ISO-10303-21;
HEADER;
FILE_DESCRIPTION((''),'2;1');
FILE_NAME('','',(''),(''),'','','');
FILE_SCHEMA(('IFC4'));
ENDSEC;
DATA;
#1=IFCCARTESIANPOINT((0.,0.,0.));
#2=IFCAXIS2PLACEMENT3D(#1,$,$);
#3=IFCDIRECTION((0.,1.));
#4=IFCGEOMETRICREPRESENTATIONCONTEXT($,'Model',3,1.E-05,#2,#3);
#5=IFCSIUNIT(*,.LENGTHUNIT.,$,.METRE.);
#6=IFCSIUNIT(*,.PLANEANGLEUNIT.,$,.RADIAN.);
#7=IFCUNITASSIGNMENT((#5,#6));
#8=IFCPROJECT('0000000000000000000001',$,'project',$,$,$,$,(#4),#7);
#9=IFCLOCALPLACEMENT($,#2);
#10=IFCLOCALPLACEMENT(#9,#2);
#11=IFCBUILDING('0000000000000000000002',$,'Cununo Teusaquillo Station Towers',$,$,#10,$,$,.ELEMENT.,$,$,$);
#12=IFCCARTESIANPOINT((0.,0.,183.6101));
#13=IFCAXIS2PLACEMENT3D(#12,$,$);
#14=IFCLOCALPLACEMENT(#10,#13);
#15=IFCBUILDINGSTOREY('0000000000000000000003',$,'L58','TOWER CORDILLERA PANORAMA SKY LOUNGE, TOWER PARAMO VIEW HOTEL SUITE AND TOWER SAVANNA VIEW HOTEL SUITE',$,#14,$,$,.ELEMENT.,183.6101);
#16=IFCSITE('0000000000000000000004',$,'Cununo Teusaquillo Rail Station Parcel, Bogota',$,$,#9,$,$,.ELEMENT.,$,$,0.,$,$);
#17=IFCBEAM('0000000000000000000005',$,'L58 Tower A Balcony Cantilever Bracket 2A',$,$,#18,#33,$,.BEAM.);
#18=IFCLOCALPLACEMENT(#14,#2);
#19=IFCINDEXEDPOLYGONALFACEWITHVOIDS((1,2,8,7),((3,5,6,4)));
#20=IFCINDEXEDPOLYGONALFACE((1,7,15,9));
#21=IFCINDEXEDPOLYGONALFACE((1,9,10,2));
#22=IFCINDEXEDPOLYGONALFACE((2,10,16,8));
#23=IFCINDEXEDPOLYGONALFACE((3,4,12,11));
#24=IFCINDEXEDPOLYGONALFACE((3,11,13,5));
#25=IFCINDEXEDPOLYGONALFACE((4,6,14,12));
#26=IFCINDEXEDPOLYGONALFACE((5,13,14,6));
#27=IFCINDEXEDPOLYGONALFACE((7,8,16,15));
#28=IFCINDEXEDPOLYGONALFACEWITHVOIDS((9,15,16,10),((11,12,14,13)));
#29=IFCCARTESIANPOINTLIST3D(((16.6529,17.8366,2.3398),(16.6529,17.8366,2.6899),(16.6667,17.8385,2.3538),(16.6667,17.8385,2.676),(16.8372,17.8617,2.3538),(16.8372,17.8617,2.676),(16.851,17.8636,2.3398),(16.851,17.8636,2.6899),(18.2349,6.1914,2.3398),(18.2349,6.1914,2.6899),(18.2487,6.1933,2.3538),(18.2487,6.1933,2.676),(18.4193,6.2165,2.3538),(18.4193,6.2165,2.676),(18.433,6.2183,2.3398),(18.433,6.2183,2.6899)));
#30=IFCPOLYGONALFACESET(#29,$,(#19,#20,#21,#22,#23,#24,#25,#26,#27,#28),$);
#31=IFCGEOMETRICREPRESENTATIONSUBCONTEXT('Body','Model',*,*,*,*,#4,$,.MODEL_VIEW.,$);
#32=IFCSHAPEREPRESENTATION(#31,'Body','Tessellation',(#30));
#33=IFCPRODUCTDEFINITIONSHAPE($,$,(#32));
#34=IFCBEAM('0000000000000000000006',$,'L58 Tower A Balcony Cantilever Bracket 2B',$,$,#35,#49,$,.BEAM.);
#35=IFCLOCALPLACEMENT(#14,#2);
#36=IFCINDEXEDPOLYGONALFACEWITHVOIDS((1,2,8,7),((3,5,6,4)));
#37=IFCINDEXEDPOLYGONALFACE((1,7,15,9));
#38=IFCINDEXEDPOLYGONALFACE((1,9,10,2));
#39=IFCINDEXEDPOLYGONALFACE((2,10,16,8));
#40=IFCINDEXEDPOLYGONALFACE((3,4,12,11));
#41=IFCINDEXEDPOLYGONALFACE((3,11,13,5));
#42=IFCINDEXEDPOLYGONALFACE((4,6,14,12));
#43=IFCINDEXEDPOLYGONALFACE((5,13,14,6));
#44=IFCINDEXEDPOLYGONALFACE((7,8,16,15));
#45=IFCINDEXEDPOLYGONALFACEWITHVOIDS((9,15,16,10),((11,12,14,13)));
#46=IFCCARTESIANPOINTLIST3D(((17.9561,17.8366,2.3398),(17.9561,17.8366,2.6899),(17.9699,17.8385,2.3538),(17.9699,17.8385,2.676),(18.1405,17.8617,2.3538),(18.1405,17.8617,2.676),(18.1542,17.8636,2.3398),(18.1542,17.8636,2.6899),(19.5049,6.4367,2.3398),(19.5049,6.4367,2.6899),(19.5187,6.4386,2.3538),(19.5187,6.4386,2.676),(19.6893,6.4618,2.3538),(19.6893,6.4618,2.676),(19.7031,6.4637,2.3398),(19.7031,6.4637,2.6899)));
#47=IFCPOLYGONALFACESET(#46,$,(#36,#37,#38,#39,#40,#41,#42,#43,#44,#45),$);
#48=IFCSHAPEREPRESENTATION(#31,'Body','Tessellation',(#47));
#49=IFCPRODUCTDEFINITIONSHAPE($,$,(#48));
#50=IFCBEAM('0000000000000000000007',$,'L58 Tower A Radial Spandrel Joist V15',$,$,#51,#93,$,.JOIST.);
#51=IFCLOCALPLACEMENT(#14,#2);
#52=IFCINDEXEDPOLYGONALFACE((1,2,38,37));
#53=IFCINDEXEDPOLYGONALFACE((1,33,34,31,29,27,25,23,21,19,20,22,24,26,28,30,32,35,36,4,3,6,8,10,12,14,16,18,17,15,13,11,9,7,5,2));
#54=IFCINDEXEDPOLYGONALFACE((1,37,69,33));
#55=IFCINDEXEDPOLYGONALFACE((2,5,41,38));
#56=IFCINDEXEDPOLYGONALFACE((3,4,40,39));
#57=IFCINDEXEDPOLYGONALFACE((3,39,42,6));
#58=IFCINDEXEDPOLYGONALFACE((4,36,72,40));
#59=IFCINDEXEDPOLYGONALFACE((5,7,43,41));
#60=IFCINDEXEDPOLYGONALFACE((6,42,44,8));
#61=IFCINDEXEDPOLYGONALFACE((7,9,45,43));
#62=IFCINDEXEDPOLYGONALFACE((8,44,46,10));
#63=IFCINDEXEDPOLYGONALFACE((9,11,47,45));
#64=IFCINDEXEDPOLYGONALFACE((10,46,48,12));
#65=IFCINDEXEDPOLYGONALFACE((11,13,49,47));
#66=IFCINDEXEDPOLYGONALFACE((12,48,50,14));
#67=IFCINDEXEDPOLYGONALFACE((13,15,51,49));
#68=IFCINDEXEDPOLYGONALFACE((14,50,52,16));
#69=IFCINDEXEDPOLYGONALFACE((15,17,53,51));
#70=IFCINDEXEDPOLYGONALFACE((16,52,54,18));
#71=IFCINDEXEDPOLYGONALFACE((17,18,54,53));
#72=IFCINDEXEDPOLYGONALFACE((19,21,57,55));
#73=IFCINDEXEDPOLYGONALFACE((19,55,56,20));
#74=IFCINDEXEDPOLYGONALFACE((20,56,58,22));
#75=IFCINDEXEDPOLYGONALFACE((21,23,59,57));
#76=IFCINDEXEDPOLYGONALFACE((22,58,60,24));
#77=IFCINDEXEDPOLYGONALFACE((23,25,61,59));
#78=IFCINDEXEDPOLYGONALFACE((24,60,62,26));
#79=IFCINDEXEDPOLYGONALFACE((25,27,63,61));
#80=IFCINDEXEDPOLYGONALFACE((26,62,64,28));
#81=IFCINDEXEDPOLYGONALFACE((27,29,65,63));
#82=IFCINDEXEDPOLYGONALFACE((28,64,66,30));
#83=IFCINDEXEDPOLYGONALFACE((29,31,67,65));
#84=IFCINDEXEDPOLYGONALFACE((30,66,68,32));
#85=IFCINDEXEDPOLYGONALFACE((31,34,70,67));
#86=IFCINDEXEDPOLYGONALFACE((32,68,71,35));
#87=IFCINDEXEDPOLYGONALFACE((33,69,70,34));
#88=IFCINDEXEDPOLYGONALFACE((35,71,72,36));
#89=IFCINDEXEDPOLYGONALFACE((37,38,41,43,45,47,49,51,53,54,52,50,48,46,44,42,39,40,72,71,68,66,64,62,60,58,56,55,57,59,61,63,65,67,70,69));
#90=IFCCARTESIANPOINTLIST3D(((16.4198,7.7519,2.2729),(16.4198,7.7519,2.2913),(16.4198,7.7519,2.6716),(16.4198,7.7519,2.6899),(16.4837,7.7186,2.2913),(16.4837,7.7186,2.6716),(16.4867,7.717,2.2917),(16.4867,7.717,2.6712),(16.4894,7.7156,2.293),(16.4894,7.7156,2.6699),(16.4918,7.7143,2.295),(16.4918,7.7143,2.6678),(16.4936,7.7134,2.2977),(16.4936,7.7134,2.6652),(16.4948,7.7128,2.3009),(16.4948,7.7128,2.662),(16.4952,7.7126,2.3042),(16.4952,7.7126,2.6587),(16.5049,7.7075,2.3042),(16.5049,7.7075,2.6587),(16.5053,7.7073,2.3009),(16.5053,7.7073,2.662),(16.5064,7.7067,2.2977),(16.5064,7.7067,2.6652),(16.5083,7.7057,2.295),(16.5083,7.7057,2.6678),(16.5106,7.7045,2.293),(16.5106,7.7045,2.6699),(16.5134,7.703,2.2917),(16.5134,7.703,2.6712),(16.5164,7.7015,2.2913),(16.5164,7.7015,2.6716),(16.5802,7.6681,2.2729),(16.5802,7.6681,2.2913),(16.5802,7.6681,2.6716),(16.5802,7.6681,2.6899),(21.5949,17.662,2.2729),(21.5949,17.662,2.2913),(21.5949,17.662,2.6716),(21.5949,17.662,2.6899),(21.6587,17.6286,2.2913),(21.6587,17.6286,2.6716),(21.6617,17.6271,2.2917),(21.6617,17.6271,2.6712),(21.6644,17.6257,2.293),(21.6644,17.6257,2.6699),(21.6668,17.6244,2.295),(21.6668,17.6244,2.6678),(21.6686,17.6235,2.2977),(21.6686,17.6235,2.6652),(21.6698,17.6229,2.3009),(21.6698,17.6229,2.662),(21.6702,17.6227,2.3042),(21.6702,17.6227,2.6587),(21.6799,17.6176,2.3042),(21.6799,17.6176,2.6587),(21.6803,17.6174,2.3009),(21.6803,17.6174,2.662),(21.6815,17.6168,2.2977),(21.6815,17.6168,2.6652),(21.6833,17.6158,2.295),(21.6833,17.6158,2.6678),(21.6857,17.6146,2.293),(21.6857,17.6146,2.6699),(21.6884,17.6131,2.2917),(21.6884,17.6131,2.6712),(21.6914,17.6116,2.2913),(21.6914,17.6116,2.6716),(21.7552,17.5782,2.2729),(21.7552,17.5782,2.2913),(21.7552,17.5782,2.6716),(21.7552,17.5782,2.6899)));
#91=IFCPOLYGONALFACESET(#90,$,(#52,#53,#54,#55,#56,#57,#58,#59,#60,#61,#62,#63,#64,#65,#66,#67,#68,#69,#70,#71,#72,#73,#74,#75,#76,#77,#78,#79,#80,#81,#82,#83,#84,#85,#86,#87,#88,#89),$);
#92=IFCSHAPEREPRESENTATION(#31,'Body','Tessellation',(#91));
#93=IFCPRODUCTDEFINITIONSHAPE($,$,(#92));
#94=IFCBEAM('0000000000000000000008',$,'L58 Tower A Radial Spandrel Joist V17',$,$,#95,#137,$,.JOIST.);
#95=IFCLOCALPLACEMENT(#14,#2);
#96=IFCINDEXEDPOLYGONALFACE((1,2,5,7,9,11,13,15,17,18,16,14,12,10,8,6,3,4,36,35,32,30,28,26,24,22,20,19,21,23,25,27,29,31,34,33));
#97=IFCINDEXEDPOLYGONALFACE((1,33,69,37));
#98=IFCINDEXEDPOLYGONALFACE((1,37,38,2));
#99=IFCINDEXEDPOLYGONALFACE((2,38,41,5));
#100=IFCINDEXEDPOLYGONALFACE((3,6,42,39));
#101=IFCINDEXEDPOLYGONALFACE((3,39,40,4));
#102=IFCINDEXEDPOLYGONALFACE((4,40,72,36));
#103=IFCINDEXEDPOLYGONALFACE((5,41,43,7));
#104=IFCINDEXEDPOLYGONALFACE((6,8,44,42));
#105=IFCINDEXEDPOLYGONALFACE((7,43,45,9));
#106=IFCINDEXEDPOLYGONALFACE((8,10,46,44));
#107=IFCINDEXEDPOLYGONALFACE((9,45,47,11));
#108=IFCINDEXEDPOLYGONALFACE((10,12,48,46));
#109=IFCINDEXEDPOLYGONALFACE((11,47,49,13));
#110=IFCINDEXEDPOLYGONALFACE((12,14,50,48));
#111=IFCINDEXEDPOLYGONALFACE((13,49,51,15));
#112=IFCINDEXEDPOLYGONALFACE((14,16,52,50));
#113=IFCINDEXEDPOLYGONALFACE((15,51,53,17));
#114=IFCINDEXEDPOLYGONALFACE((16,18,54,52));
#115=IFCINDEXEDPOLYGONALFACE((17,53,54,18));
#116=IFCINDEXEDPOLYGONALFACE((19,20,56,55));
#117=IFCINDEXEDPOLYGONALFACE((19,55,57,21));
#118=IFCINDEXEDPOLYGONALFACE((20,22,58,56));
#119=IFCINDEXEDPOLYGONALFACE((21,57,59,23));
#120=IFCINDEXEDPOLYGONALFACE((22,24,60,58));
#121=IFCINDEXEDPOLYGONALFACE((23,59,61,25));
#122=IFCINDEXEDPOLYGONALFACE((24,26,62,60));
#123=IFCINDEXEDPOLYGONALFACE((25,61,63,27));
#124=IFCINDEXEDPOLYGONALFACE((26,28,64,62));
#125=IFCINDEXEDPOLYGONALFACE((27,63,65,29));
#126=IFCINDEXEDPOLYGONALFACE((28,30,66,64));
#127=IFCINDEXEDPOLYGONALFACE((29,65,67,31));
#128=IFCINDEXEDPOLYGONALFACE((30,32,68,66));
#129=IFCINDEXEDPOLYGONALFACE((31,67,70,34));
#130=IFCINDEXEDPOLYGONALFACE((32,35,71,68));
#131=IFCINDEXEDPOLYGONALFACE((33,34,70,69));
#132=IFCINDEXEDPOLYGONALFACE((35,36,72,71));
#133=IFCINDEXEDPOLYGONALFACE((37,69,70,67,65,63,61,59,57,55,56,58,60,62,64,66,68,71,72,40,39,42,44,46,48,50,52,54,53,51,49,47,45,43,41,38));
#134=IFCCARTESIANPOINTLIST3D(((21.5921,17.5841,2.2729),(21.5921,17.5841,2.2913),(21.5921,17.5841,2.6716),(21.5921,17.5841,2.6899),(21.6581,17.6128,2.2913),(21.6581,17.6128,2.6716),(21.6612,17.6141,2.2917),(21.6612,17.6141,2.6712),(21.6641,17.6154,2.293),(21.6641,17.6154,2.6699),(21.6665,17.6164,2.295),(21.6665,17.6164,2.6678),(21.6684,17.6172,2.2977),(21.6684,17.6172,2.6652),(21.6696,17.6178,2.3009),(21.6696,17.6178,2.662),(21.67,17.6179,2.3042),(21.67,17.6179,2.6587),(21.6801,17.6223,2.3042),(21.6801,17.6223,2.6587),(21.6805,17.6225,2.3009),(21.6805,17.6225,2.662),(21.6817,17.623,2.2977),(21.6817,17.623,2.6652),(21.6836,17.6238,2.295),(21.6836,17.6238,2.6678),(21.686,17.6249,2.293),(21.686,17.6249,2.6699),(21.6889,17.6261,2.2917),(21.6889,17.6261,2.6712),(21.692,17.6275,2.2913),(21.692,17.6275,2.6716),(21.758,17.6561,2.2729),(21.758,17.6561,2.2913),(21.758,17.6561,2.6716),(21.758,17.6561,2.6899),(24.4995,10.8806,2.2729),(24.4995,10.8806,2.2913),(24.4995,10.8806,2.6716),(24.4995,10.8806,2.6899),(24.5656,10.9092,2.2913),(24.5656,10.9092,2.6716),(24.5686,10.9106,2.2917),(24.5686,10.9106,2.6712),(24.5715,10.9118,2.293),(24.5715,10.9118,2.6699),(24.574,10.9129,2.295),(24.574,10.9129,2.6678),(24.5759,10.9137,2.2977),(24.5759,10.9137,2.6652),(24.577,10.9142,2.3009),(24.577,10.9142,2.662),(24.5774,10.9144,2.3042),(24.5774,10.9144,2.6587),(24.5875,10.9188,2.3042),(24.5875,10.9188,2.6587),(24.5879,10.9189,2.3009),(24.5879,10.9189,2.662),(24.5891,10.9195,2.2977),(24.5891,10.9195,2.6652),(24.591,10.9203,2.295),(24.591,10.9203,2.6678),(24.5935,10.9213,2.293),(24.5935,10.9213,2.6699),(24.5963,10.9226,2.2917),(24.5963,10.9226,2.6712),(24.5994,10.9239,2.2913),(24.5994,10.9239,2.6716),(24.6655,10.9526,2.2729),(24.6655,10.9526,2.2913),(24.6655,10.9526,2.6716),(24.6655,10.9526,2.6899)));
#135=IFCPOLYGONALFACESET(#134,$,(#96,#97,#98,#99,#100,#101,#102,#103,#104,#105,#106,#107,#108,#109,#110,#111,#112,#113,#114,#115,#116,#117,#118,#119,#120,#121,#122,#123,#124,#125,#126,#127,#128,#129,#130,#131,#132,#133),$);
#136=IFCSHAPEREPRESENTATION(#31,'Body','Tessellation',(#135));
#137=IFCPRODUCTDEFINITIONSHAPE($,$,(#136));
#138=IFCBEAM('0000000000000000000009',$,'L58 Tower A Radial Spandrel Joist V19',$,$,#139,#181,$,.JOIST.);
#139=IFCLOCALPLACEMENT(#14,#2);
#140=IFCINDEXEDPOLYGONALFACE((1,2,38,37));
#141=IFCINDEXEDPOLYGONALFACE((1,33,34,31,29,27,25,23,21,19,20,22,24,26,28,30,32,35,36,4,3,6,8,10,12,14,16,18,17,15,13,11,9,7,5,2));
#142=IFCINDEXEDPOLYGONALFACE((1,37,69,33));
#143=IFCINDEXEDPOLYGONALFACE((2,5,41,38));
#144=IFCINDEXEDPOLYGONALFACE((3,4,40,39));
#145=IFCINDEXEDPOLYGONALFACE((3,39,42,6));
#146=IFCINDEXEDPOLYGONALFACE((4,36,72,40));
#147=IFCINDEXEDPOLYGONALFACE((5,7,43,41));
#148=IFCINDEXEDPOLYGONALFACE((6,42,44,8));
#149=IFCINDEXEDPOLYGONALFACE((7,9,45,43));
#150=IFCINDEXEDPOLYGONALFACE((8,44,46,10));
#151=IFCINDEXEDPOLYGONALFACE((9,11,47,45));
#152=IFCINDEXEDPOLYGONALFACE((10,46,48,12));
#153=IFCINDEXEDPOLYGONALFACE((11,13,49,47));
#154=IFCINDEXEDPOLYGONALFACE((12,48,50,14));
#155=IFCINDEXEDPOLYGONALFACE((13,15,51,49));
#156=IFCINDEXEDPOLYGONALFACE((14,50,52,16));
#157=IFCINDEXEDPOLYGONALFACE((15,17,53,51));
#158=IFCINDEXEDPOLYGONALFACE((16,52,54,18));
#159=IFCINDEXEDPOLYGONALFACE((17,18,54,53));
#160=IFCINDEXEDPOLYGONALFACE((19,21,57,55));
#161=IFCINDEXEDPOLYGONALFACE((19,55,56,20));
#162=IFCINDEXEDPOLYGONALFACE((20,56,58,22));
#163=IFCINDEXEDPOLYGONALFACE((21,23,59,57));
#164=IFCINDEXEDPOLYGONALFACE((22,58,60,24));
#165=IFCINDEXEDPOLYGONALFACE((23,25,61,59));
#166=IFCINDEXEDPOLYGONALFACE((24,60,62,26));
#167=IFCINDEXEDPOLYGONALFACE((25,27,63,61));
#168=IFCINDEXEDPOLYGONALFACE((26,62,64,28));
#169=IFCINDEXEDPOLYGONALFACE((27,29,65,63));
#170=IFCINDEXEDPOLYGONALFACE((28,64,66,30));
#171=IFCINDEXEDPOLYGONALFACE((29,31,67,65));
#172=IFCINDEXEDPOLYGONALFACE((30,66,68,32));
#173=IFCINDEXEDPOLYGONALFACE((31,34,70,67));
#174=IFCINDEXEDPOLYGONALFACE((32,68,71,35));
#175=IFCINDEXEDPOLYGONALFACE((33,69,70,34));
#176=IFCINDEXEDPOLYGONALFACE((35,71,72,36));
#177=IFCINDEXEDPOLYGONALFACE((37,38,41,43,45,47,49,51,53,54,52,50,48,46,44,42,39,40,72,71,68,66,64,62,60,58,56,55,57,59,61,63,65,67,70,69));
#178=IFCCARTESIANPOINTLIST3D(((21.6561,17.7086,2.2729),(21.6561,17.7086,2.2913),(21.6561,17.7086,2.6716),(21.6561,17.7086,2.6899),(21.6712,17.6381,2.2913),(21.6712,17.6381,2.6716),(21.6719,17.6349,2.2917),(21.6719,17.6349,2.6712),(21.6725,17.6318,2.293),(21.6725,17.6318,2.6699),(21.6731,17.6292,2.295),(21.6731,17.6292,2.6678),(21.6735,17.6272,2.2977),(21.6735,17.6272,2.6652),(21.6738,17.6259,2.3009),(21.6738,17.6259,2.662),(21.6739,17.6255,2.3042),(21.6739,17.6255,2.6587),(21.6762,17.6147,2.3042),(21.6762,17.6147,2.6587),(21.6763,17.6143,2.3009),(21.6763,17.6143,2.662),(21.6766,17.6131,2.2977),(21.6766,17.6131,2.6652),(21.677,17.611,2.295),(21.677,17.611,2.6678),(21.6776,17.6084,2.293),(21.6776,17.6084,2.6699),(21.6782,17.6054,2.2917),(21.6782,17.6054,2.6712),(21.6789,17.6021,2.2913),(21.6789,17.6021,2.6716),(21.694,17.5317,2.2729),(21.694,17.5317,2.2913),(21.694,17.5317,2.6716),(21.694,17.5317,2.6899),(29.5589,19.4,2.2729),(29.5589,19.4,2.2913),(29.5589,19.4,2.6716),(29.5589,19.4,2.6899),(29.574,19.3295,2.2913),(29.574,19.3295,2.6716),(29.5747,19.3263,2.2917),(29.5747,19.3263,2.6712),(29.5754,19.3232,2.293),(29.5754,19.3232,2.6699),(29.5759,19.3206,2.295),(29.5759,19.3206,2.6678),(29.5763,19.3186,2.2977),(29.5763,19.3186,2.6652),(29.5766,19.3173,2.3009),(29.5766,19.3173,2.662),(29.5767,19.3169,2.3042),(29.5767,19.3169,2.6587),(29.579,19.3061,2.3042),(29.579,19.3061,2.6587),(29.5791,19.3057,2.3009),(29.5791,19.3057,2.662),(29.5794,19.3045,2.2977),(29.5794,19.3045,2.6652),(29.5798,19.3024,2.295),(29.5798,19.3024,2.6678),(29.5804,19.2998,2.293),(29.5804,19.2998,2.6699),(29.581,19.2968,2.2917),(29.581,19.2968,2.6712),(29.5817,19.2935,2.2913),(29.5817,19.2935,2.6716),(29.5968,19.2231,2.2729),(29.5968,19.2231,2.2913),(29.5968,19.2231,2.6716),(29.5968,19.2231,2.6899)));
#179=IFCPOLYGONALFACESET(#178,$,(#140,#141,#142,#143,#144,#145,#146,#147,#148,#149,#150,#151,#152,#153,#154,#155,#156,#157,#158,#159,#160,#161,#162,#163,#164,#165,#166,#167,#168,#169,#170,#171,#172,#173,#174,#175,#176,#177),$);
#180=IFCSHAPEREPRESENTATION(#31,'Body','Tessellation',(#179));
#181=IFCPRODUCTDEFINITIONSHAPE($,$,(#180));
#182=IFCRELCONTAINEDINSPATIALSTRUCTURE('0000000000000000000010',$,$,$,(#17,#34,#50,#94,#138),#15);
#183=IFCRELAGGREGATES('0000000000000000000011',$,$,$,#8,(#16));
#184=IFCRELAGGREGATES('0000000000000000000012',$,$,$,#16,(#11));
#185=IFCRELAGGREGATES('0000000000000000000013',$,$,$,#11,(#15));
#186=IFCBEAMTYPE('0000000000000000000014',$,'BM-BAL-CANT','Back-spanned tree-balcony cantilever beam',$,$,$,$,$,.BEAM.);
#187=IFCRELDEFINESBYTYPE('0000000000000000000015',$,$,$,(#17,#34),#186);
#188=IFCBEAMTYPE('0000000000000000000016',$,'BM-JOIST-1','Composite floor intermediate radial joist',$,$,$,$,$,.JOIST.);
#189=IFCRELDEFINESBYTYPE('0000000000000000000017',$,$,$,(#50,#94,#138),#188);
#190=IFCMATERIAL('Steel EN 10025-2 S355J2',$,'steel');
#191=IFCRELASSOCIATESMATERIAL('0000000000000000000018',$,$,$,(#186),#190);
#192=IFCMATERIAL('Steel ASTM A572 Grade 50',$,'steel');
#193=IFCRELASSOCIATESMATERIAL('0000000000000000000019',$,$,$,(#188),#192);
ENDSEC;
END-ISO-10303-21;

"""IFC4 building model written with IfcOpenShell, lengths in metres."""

from ifc_helpers import new_model, si_unit, direction, frame, origin, origin_2d, place, context, subcontext, project, spatial, hollow_rectangle, i_section, extrude, material, material_profile, profile_set, type_object, element, save


model = new_model("IFC4")

# Units and contexts
model_context = context("Model", 3, precision=1e-05, world=origin(), true_north=direction((0.0, 1.0)))
body_context = subcontext(model_context, "Body", "Model", "MODEL_VIEW")
ifc_project = project(units=[si_unit("LENGTHUNIT", "METRE"), si_unit("PLANEANGLEUNIT", "RADIAN")], contexts=[model_context])

# Site, building, storey
site_placement = place(None, origin())
site = spatial("IfcSite", under=ifc_project, at=site_placement, Name="Cununo Teusaquillo Rail Station Parcel, Bogota", CompositionType="ELEMENT", RefElevation=0.0)
building_placement = place(site_placement, origin())
building = spatial("IfcBuilding", under=site, at=building_placement, Name="Cununo Teusaquillo Station Towers", CompositionType="ELEMENT")
storey_placement = place(building_placement, frame((0.0, 0.0, 183.6101)))
storey = spatial("IfcBuildingStorey", under=building, at=storey_placement, Name="L58", Description="TOWER CORDILLERA PANORAMA SKY LOUNGE, TOWER PARAMO VIEW HOTEL SUITE AND TOWER SAVANNA VIEW HOTEL SUITE", CompositionType="ELEMENT", Elevation=183.6101)

# Beams
ifc_material_1 = material(Name="Steel EN 10025-2 S355J2", Category="steel")
ifc_material_profile_1 = material_profile(ifc_material_1, hollow_rectangle(XDim=0.2, YDim=0.3501, WallThickness=0.0139, at=origin_2d()), Name="RHS 350x200x14")
ifc_profile_set_1 = profile_set([ifc_material_profile_1], Name="Steel EN 10025-2 S355J2")
beam_type_1 = type_object("IfcBeamType", Name="BM-BAL-CANT", Description="Back-spanned tree-balcony cantilever beam", PredefinedType="BEAM", material=ifc_profile_set_1)
beam_1_placement = place(storey_placement, frame((16.752, 17.8501, 2.5149), z_axis=(0.134615, -0.990898, 0.0), x_axis=(0.990898, 0.134615, 0.0)))
element("IfcBeam", 1, at=beam_1_placement, inside=storey, type_object=beam_type_1, Name="L58 Tower A Balcony Cantilever Bracket 2A", PredefinedType="BEAM", context=body_context, shape_type="SweptSolid", body=[
    extrude(hollow_rectangle(XDim=0.2, YDim=0.3501, WallThickness=0.0139, at=origin_2d()), origin(), (0.0, 0.0, 1.0), 11.7522),
])
beam_2_placement = place(storey_placement, frame((18.0552, 17.8501, 2.5149), z_axis=(0.134626, -0.990896, 0.0), x_axis=(0.990896, 0.134626, 0.0)))
element("IfcBeam", 2, at=beam_2_placement, inside=storey, type_object=beam_type_1, Name="L58 Tower A Balcony Cantilever Bracket 2B", PredefinedType="BEAM", context=body_context, shape_type="SweptSolid", body=[
    extrude(hollow_rectangle(XDim=0.2, YDim=0.3501, WallThickness=0.0139, at=origin_2d()), origin(), (0.0, 0.0, 1.0), 11.5046),
])
ifc_material_2 = material(Name="Steel ASTM A572 Grade 50", Category="steel")
ifc_material_profile_2 = material_profile(ifc_material_2, i_section(OverallWidth=0.1809, OverallDepth=0.417, WebThickness=0.011, FlangeThickness=0.0183, FilletRadius=0.0129, at=origin_2d()), Name="W16X57")
ifc_profile_set_2 = profile_set([ifc_material_profile_2], Name="Steel ASTM A572 Grade 50")
beam_type_2 = type_object("IfcBeamType", Name="BM-JOIST-1", Description="Composite floor intermediate radial joist", PredefinedType="JOIST", material=ifc_profile_set_2)
beam_3_placement = place(storey_placement, frame((21.675, 17.6201, 2.4814), z_axis=(-0.462885, -0.886419, 0.0), x_axis=(0.886419, -0.462885, 0.0)))
element("IfcBeam", 3, at=beam_3_placement, inside=storey, type_object=beam_type_2, Name="L58 Tower A Radial Spandrel Joist V15", PredefinedType="JOIST", context=body_context, shape_type="SweptSolid", body=[
    extrude(i_section(OverallWidth=0.1809, OverallDepth=0.417, WebThickness=0.011, FlangeThickness=0.0183, FilletRadius=0.0129, at=origin_2d()), origin(), (0.0, 0.0, 1.0), 11.1799),
])
beam_4_placement = place(storey_placement, frame((21.675, 17.6201, 2.4814), z_axis=(0.397904, -0.917427, 0.0), x_axis=(0.917427, 0.397904, 0.0)))
element("IfcBeam", 4, at=beam_4_placement, inside=storey, type_object=beam_type_2, Name="L58 Tower A Radial Spandrel Joist V17", PredefinedType="JOIST", context=body_context, shape_type="SweptSolid", body=[
    extrude(i_section(OverallWidth=0.1809, OverallDepth=0.417, WebThickness=0.011, FlangeThickness=0.0183, FilletRadius=0.0129, at=origin_2d()), origin(), (0.0, 0.0, 1.0), 7.3069),
])
beam_5_placement = place(storey_placement, frame((21.675, 17.6201, 2.4814), z_axis=(0.977855, 0.209286, 0.0), x_axis=(-0.209286, 0.977855, 0.0)))
element("IfcBeam", 5, at=beam_5_placement, inside=storey, type_object=beam_type_2, Name="L58 Tower A Radial Spandrel Joist V19", PredefinedType="JOIST", context=body_context, shape_type="SweptSolid", body=[
    extrude(i_section(OverallWidth=0.1809, OverallDepth=0.417, WebThickness=0.011, FlangeThickness=0.0183, FilletRadius=0.0129, at=origin_2d()), origin(), (0.0, 0.0, 1.0), 8.0818),
])

save(model, "model.ifc")
